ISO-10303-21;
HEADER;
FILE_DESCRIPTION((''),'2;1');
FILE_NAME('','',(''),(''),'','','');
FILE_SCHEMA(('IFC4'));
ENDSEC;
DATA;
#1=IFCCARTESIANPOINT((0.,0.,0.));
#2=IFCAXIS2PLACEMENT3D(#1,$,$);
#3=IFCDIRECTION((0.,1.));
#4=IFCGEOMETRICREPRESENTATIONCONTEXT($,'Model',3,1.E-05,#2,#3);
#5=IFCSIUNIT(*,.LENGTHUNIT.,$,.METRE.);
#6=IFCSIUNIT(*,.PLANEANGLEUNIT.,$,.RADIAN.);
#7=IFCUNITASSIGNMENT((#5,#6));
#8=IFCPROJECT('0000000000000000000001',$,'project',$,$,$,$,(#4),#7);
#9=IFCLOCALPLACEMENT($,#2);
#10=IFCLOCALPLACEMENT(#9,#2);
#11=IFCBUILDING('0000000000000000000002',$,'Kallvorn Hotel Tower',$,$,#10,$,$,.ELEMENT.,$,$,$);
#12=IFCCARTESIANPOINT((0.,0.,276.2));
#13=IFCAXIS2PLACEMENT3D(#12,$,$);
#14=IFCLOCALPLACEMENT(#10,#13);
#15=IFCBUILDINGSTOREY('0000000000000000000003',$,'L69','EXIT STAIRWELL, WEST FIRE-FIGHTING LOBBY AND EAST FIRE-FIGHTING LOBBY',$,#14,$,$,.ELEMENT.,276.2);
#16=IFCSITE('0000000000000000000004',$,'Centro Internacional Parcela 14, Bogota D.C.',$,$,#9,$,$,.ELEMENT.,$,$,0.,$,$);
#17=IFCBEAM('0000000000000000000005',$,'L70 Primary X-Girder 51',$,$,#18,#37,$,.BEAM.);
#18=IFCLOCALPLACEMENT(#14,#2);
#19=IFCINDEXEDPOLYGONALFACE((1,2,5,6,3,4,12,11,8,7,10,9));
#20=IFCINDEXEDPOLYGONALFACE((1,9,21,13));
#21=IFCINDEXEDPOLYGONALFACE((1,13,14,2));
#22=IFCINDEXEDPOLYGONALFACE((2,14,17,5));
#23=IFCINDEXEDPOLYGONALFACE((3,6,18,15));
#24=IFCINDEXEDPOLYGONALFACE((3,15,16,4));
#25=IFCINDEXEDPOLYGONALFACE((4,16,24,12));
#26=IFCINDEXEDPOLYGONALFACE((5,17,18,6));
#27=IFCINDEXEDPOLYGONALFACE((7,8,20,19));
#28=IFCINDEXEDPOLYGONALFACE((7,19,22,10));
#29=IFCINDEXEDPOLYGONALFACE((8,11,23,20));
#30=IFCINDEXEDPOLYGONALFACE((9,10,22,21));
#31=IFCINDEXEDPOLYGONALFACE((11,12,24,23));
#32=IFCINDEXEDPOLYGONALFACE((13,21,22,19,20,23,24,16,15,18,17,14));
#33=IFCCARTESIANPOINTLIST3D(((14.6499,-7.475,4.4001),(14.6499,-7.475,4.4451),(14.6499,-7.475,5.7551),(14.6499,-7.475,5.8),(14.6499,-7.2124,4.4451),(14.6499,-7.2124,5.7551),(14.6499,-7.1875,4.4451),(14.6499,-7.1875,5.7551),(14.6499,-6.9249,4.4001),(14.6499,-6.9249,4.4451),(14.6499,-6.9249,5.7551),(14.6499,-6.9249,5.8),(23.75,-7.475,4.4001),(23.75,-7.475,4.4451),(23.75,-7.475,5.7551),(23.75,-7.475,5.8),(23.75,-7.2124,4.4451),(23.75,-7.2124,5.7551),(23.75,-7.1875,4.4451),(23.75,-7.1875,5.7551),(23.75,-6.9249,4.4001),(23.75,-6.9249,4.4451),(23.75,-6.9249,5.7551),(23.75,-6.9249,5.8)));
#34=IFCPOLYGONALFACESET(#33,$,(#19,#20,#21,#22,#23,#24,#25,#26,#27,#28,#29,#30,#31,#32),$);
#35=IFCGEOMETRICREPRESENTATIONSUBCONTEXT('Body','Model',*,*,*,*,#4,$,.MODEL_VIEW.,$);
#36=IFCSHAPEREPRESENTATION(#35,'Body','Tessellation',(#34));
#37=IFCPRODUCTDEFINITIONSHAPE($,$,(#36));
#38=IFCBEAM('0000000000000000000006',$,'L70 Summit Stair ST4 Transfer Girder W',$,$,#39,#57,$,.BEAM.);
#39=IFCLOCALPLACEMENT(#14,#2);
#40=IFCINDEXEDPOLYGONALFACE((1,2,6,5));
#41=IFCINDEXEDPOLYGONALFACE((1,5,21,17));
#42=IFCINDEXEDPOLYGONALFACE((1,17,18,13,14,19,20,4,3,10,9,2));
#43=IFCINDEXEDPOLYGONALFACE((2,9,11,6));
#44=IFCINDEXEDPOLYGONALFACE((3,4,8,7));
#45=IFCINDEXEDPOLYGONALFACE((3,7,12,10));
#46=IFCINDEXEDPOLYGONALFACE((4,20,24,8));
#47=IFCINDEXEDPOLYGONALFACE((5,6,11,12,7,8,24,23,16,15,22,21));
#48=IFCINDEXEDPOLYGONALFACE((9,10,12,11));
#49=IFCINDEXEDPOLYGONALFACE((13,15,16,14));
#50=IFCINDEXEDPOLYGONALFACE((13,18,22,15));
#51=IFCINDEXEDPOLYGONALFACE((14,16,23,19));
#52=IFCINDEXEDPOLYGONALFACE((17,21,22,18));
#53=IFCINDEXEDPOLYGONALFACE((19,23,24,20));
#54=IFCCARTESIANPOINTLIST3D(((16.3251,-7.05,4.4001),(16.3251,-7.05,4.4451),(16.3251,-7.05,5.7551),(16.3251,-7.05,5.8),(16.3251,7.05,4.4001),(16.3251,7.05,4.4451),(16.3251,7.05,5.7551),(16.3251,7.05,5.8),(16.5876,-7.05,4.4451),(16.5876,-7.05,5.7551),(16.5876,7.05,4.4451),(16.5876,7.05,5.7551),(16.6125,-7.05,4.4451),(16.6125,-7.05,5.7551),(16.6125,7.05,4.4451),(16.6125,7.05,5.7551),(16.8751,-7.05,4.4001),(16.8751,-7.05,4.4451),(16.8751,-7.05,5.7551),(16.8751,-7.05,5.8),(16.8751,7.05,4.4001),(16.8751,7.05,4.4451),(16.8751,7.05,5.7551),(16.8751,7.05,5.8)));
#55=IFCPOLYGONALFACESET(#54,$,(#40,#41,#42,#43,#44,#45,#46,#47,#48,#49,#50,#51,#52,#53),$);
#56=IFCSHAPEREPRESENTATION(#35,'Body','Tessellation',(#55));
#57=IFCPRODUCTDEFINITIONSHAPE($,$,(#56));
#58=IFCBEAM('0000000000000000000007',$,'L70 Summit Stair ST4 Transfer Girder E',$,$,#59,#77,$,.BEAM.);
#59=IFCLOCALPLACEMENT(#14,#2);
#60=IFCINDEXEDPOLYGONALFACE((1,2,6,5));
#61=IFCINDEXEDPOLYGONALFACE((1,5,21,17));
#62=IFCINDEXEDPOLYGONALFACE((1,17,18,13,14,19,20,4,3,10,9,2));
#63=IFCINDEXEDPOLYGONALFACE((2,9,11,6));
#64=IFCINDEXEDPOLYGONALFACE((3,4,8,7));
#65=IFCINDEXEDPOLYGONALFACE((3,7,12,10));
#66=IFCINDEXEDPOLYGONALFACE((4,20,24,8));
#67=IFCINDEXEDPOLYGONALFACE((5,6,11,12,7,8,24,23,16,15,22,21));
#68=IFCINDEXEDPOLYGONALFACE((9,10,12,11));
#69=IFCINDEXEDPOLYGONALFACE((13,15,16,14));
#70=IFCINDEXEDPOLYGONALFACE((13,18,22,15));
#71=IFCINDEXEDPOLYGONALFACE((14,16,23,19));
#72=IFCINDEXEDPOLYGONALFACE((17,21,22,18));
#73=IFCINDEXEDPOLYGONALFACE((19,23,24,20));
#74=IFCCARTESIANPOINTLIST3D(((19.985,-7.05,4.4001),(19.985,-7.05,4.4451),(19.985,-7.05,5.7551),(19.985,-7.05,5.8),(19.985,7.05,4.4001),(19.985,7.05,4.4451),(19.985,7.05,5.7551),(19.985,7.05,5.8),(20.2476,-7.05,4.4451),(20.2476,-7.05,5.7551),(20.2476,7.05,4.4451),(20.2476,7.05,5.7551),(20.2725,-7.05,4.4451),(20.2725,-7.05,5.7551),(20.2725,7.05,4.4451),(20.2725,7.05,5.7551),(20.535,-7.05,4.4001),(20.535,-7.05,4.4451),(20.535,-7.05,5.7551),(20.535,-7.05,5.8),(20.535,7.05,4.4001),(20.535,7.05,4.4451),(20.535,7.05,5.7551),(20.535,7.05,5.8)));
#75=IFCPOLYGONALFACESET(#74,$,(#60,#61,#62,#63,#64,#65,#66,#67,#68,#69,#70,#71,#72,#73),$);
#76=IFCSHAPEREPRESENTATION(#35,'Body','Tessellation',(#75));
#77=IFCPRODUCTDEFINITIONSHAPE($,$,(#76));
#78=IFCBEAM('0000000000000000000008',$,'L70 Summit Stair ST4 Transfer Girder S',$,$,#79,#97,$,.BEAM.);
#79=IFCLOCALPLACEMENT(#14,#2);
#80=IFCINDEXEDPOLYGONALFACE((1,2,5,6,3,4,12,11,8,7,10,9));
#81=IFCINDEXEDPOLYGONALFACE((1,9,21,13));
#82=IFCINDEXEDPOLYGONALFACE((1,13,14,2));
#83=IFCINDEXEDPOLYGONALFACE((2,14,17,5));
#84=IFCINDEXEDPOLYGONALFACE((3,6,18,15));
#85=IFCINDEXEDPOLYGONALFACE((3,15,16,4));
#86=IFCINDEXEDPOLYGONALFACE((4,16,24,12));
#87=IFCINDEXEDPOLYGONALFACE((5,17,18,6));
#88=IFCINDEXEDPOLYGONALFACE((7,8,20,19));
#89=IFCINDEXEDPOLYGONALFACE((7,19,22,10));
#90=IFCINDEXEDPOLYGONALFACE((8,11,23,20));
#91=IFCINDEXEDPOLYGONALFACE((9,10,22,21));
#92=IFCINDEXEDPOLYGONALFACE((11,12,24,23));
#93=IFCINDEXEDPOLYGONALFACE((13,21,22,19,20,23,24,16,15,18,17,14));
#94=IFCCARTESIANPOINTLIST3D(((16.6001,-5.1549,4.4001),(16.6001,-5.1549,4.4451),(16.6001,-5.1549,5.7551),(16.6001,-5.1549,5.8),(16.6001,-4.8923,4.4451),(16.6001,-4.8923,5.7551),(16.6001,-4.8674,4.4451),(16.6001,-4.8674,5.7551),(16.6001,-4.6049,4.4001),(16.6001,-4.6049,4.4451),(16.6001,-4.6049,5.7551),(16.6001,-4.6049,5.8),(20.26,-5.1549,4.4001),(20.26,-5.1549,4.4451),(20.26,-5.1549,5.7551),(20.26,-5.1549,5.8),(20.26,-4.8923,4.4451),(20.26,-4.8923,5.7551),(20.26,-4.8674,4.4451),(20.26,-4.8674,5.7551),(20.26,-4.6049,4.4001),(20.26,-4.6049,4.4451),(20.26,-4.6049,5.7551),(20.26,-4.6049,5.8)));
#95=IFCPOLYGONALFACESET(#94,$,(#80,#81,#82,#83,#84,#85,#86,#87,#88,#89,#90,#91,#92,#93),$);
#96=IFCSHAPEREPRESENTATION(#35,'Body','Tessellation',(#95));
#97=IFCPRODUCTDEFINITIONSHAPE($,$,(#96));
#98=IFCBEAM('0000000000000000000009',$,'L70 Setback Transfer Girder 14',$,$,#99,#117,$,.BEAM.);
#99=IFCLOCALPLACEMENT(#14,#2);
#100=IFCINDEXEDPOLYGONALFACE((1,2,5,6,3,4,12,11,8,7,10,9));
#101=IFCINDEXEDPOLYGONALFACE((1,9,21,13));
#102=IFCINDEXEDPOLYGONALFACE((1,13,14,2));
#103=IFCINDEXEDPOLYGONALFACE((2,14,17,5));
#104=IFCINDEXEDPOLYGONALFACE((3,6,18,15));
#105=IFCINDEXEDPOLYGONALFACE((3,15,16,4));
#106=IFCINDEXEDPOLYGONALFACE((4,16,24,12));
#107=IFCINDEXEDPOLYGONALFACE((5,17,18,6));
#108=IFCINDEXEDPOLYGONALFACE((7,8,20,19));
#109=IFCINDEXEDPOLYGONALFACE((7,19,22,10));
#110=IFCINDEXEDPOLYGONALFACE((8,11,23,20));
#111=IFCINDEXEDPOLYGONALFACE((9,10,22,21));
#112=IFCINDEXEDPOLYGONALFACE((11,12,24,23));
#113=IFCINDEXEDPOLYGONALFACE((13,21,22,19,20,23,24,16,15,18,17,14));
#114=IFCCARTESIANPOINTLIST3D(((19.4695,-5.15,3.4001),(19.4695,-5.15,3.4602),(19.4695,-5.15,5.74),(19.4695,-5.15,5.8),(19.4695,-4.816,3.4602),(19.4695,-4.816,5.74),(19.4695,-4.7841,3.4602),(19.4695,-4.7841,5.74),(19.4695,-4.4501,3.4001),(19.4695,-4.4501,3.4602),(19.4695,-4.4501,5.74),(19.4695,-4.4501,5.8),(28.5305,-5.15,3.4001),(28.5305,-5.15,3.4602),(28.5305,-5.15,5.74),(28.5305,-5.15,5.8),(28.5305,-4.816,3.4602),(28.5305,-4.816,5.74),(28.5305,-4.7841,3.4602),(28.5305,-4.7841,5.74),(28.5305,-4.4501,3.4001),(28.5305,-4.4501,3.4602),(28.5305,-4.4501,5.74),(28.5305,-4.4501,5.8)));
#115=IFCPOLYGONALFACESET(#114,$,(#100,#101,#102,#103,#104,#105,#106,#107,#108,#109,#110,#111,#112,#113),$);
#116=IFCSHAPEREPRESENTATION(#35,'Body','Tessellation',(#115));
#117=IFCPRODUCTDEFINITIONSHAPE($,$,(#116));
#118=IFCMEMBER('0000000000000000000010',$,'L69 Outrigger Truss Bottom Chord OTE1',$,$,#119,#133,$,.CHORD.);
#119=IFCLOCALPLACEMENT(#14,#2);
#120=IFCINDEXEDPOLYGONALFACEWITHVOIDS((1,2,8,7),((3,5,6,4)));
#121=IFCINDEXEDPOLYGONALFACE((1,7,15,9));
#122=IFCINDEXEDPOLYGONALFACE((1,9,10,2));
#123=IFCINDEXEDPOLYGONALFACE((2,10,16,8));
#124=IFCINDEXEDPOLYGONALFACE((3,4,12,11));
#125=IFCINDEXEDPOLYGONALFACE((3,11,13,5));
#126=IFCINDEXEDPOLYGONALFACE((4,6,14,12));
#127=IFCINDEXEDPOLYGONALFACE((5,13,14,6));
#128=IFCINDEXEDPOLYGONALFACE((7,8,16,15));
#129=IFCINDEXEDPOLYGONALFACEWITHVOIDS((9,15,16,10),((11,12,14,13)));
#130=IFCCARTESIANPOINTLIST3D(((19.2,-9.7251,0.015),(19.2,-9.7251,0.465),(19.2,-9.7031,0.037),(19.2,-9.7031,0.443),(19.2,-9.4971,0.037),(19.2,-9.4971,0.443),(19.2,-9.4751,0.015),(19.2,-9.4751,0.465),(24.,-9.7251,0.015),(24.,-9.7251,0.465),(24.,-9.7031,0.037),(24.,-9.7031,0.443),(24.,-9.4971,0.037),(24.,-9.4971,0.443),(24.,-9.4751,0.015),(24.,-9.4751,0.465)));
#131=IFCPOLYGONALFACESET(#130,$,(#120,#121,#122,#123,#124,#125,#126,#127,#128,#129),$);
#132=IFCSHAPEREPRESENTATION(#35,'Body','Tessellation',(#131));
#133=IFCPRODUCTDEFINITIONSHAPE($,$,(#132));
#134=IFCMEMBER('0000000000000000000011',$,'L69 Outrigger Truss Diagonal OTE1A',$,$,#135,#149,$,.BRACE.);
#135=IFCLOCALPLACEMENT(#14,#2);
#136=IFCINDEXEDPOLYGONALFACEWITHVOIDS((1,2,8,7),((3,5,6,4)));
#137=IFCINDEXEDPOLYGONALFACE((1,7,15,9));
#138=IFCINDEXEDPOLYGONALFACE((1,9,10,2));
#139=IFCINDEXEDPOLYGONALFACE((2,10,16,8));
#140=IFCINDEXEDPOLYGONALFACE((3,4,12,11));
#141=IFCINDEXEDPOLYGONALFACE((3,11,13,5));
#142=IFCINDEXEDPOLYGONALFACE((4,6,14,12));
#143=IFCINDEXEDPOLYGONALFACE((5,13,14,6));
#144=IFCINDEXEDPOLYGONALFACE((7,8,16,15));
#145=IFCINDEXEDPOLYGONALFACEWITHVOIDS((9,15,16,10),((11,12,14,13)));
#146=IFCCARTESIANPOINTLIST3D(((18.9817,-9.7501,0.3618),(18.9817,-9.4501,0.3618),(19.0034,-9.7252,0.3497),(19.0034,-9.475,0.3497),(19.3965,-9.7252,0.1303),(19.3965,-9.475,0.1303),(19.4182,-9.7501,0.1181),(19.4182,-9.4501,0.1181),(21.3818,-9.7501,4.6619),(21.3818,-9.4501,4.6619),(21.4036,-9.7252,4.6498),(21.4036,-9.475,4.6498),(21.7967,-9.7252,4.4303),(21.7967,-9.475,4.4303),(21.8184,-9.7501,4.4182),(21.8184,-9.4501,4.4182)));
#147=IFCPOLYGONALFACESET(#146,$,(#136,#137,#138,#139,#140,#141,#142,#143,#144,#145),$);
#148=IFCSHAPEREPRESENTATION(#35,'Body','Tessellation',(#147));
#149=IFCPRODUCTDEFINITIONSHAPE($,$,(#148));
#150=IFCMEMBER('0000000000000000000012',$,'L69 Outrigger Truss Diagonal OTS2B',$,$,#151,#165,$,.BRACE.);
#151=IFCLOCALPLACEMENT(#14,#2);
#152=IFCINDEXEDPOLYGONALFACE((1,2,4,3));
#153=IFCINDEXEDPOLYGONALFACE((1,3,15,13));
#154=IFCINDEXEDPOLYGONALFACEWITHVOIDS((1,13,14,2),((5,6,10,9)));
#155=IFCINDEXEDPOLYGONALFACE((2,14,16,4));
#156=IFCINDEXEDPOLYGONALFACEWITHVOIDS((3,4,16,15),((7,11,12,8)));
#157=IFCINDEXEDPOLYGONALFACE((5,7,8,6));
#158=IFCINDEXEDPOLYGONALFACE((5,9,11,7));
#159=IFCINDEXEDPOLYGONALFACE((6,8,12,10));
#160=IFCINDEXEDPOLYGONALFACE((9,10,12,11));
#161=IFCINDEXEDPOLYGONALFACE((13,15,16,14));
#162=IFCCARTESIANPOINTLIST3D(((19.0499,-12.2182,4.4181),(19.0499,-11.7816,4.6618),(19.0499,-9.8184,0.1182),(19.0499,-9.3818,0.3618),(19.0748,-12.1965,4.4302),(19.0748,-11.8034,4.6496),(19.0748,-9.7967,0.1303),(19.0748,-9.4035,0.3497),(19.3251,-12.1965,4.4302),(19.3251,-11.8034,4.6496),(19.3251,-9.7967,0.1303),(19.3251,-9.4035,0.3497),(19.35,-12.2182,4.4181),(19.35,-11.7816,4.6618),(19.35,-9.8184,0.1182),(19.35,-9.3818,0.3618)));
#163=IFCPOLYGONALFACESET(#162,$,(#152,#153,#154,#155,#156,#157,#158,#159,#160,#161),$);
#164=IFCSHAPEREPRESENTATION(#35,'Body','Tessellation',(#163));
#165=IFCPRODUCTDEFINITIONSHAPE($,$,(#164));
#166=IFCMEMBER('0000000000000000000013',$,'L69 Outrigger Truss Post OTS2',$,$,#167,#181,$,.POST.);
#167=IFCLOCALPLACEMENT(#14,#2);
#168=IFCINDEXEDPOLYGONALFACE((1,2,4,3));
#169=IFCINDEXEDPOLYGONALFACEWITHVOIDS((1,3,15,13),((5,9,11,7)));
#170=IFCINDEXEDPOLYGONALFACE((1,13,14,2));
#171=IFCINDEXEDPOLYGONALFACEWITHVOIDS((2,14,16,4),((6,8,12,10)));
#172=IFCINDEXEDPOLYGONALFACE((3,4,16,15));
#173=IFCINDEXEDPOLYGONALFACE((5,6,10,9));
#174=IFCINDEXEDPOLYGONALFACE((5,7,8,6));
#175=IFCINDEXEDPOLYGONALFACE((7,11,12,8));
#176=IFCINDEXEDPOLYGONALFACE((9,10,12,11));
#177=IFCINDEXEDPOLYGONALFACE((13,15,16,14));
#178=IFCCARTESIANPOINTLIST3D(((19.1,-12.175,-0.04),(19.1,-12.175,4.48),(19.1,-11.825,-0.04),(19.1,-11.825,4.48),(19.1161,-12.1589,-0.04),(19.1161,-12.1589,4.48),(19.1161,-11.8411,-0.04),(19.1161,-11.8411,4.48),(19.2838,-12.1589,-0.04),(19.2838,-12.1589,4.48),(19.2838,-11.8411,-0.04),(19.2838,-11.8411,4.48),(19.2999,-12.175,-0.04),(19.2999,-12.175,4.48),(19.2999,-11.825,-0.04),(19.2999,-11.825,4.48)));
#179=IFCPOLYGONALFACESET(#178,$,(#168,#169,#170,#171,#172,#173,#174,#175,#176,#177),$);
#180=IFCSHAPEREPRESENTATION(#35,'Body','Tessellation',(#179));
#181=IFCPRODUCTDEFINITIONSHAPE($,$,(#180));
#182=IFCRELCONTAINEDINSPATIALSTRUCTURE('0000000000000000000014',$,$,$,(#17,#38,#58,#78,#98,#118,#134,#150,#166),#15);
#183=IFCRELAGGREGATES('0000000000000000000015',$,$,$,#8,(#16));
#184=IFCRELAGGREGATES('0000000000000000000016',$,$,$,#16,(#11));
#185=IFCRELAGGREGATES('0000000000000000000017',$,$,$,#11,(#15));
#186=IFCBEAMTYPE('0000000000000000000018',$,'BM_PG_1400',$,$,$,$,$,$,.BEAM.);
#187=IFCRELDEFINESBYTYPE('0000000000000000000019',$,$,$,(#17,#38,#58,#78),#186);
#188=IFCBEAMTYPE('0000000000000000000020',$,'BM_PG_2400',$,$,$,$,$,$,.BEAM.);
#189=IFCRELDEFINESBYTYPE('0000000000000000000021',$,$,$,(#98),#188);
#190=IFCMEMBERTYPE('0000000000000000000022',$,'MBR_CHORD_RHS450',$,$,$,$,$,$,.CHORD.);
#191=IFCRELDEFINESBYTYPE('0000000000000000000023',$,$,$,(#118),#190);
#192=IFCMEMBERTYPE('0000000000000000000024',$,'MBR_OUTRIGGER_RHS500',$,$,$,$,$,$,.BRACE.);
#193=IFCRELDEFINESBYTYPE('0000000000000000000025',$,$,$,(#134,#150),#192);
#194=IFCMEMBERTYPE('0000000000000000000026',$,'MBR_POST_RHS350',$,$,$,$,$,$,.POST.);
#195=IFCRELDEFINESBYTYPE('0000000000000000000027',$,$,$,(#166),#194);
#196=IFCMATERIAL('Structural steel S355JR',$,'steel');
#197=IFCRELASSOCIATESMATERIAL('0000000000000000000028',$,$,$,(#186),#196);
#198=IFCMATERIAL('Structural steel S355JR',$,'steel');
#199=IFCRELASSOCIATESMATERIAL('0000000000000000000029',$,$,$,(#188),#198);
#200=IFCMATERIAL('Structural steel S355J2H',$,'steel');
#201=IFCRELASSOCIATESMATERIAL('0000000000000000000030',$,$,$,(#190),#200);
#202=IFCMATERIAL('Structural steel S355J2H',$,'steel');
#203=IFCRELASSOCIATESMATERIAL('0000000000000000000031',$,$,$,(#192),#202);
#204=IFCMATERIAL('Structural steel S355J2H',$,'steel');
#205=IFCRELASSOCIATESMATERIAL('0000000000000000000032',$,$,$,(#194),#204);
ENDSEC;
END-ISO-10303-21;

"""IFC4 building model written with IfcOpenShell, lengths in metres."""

from ifc_helpers import new_model, si_unit, direction, frame, origin, origin_2d, place, context, subcontext, project, spatial, hollow_rectangle, i_section, extrude, material, material_profile, profile_set, type_object, element, save


model = new_model("IFC4")

# Units and contexts
model_context = context("Model", 3, precision=1e-05, world=origin(), true_north=direction((0.0, 1.0)))
body_context = subcontext(model_context, "Body", "Model", "MODEL_VIEW")
ifc_project = project(units=[si_unit("LENGTHUNIT", "METRE"), si_unit("PLANEANGLEUNIT", "RADIAN")], contexts=[model_context])

# Site, building, storey
site_placement = place(None, origin())
site = spatial("IfcSite", under=ifc_project, at=site_placement, Name="Centro Internacional Parcela 14, Bogota D.C.", CompositionType="ELEMENT", RefElevation=0.0)
building_placement = place(site_placement, origin())
building = spatial("IfcBuilding", under=site, at=building_placement, Name="Kallvorn Hotel Tower", CompositionType="ELEMENT")
storey_placement = place(building_placement, frame((0.0, 0.0, 276.2)))
storey = spatial("IfcBuildingStorey", under=building, at=storey_placement, Name="L69", Description="EXIT STAIRWELL, WEST FIRE-FIGHTING LOBBY AND EAST FIRE-FIGHTING LOBBY", CompositionType="ELEMENT", Elevation=276.2)

# Beams
ifc_material_1 = material(Name="Structural steel S355JR", Category="steel")
ifc_material_profile_1 = material_profile(ifc_material_1, i_section(OverallWidth=0.55, OverallDepth=1.3999, WebThickness=0.0249, FlangeThickness=0.0449, at=origin_2d()), Name="PG 1400x550x25x45")
ifc_profile_set_1 = profile_set([ifc_material_profile_1], Name="Structural steel S355JR")
beam_type_1 = type_object("IfcBeamType", Name="BM_PG_1400", PredefinedType="BEAM", material=ifc_profile_set_1)
beam_1_placement = place(storey_placement, frame((14.6499, -7.2, 5.1001), z_axis=(1.0, 0.0, 0.0), x_axis=(0.0, 1.0, 0.0)))
element("IfcBeam", 1, at=beam_1_placement, inside=storey, type_object=beam_type_1, Name="L70 Primary X-Girder 51", PredefinedType="BEAM", context=body_context, shape_type="SweptSolid", body=[
    extrude(i_section(OverallWidth=0.55, OverallDepth=1.3999, WebThickness=0.0249, FlangeThickness=0.0449, at=origin_2d()), origin(), (0.0, 0.0, 1.0), 9.1001),
])
for number, where, z_axis, x_axis, name in (
    (2, (16.6001, -7.05, 5.1001), (0.0, 1.0, 0.0), (-1.0, 0.0, 0.0), "L70 Summit Stair ST4 Transfer Girder W"),
    (3, (20.26, -7.05, 5.1001), (0.0, 1.0, 0.0), (-1.0, 0.0, 0.0), "L70 Summit Stair ST4 Transfer Girder E"),
):
    element("IfcBeam", number, at=place(storey_placement, frame(where, z_axis=z_axis, x_axis=x_axis)), inside=storey, type_object=beam_type_1, Name=name, PredefinedType="BEAM", context=body_context, shape_type="SweptSolid", body=[
        extrude(i_section(OverallWidth=0.55, OverallDepth=1.3999, WebThickness=0.0249, FlangeThickness=0.0449, at=origin_2d()), origin(), (0.0, 0.0, 1.0), 14.1001),
    ])
beam_2_placement = place(storey_placement, frame((16.6001, -4.8799, 5.1001), z_axis=(1.0, 0.0, 0.0), x_axis=(0.0, 1.0, 0.0)))
element("IfcBeam", 4, at=beam_2_placement, inside=storey, type_object=beam_type_1, Name="L70 Summit Stair ST4 Transfer Girder S", PredefinedType="BEAM", context=body_context, shape_type="SweptSolid", body=[
    extrude(i_section(OverallWidth=0.55, OverallDepth=1.3999, WebThickness=0.0249, FlangeThickness=0.0449, at=origin_2d()), origin(), (0.0, 0.0, 1.0), 3.6599),
])
ifc_material_2 = material(Name="Structural steel S355JR", Category="steel")
ifc_material_profile_2 = material_profile(ifc_material_2, i_section(OverallWidth=0.7, OverallDepth=2.3999, WebThickness=0.032, FlangeThickness=0.0601, at=origin_2d()), Name="PG 2400x700x32x60")
ifc_profile_set_2 = profile_set([ifc_material_profile_2], Name="Structural steel S355JR")
beam_type_2 = type_object("IfcBeamType", Name="BM_PG_2400", PredefinedType="BEAM", material=ifc_profile_set_2)
beam_3_placement = place(storey_placement, frame((19.4695, -4.8, 4.6001), z_axis=(1.0, 0.0, 0.0), x_axis=(0.0, 1.0, 0.0)))
element("IfcBeam", 5, at=beam_3_placement, inside=storey, type_object=beam_type_2, Name="L70 Setback Transfer Girder 14", PredefinedType="BEAM", context=body_context, shape_type="SweptSolid", body=[
    extrude(i_section(OverallWidth=0.7, OverallDepth=2.3999, WebThickness=0.032, FlangeThickness=0.0601, at=origin_2d()), origin(), (0.0, 0.0, 1.0), 9.061),
])

# Members
ifc_material_3 = material(Name="Structural steel S355J2H", Category="steel")
ifc_material_profile_3 = material_profile(ifc_material_3, hollow_rectangle(XDim=0.25, YDim=0.45, WallThickness=0.022, at=origin_2d()), Name="RHS 450x250x22")
ifc_profile_set_3 = profile_set([ifc_material_profile_3], Name="Structural steel S355J2H")
member_type_1 = type_object("IfcMemberType", Name="MBR_CHORD_RHS450", PredefinedType="CHORD", material=ifc_profile_set_3)
member_1_placement = place(storey_placement, frame((19.2, -9.6001, 0.24), z_axis=(1.0, 0.0, 0.0), x_axis=(0.0, 1.0, 0.0)))
element("IfcMember", 6, at=member_1_placement, inside=storey, type_object=member_type_1, Name="L69 Outrigger Truss Bottom Chord OTE1", PredefinedType="CHORD", context=body_context, shape_type="SweptSolid", body=[
    extrude(hollow_rectangle(XDim=0.25, YDim=0.45, WallThickness=0.022, at=origin_2d()), origin(), (0.0, 0.0, 1.0), 4.8),
])
ifc_material_4 = material(Name="Structural steel S355J2H", Category="steel")
ifc_material_profile_4 = material_profile(ifc_material_4, hollow_rectangle(XDim=0.3, YDim=0.5, WallThickness=0.0249, at=origin_2d()), Name="RHS 500x300x25")
ifc_profile_set_4 = profile_set([ifc_material_profile_4], Name="Structural steel S355J2H")
member_type_2 = type_object("IfcMemberType", Name="MBR_OUTRIGGER_RHS500", PredefinedType="BRACE", material=ifc_profile_set_4)
member_2_placement = place(storey_placement, frame((19.2, -9.6001, 0.24), z_axis=(0.487385, 0.0, 0.873187), x_axis=(0.0, 1.0, 0.0)))
element("IfcMember", 7, at=member_2_placement, inside=storey, type_object=member_type_2, Name="L69 Outrigger Truss Diagonal OTE1A", PredefinedType="BRACE", context=body_context, shape_type="SweptSolid", body=[
    extrude(hollow_rectangle(XDim=0.3, YDim=0.5, WallThickness=0.0249, at=origin_2d()), origin(), (0.0, 0.0, 1.0), 4.9246),
])
member_3_placement = place(storey_placement, frame((19.2, -9.6001, 0.24), z_axis=(0.0, -0.487347, 0.873208), x_axis=(1.0, 0.0, 0.0)))
element("IfcMember", 8, at=member_3_placement, inside=storey, type_object=member_type_2, Name="L69 Outrigger Truss Diagonal OTS2B", PredefinedType="BRACE", context=body_context, shape_type="SweptSolid", body=[
    extrude(hollow_rectangle(XDim=0.3, YDim=0.5, WallThickness=0.0249, at=origin_2d()), origin(), (0.0, 0.0, 1.0), 4.9243),
])
ifc_material_5 = material(Name="Structural steel S355J2H", Category="steel")
ifc_material_profile_5 = material_profile(ifc_material_5, hollow_rectangle(XDim=0.2, YDim=0.3501, WallThickness=0.0161, at=origin_2d()), Name="RHS 350x200x16")
ifc_profile_set_5 = profile_set([ifc_material_profile_5], Name="Structural steel S355J2H")
member_type_3 = type_object("IfcMemberType", Name="MBR_POST_RHS350", PredefinedType="POST", material=ifc_profile_set_5)
member_4_placement = place(storey_placement, frame((19.2, -12.0, -0.04), z_axis=(0.0, 0.0, 1.0), x_axis=(1.0, 0.0, 0.0)))
element("IfcMember", 9, at=member_4_placement, inside=storey, type_object=member_type_3, Name="L69 Outrigger Truss Post OTS2", PredefinedType="POST", context=body_context, shape_type="SweptSolid", body=[
    extrude(hollow_rectangle(XDim=0.2, YDim=0.3501, WallThickness=0.0161, at=origin_2d()), origin(), (0.0, 0.0, 1.0), 4.52),
])

save(model, "model.ifc")
